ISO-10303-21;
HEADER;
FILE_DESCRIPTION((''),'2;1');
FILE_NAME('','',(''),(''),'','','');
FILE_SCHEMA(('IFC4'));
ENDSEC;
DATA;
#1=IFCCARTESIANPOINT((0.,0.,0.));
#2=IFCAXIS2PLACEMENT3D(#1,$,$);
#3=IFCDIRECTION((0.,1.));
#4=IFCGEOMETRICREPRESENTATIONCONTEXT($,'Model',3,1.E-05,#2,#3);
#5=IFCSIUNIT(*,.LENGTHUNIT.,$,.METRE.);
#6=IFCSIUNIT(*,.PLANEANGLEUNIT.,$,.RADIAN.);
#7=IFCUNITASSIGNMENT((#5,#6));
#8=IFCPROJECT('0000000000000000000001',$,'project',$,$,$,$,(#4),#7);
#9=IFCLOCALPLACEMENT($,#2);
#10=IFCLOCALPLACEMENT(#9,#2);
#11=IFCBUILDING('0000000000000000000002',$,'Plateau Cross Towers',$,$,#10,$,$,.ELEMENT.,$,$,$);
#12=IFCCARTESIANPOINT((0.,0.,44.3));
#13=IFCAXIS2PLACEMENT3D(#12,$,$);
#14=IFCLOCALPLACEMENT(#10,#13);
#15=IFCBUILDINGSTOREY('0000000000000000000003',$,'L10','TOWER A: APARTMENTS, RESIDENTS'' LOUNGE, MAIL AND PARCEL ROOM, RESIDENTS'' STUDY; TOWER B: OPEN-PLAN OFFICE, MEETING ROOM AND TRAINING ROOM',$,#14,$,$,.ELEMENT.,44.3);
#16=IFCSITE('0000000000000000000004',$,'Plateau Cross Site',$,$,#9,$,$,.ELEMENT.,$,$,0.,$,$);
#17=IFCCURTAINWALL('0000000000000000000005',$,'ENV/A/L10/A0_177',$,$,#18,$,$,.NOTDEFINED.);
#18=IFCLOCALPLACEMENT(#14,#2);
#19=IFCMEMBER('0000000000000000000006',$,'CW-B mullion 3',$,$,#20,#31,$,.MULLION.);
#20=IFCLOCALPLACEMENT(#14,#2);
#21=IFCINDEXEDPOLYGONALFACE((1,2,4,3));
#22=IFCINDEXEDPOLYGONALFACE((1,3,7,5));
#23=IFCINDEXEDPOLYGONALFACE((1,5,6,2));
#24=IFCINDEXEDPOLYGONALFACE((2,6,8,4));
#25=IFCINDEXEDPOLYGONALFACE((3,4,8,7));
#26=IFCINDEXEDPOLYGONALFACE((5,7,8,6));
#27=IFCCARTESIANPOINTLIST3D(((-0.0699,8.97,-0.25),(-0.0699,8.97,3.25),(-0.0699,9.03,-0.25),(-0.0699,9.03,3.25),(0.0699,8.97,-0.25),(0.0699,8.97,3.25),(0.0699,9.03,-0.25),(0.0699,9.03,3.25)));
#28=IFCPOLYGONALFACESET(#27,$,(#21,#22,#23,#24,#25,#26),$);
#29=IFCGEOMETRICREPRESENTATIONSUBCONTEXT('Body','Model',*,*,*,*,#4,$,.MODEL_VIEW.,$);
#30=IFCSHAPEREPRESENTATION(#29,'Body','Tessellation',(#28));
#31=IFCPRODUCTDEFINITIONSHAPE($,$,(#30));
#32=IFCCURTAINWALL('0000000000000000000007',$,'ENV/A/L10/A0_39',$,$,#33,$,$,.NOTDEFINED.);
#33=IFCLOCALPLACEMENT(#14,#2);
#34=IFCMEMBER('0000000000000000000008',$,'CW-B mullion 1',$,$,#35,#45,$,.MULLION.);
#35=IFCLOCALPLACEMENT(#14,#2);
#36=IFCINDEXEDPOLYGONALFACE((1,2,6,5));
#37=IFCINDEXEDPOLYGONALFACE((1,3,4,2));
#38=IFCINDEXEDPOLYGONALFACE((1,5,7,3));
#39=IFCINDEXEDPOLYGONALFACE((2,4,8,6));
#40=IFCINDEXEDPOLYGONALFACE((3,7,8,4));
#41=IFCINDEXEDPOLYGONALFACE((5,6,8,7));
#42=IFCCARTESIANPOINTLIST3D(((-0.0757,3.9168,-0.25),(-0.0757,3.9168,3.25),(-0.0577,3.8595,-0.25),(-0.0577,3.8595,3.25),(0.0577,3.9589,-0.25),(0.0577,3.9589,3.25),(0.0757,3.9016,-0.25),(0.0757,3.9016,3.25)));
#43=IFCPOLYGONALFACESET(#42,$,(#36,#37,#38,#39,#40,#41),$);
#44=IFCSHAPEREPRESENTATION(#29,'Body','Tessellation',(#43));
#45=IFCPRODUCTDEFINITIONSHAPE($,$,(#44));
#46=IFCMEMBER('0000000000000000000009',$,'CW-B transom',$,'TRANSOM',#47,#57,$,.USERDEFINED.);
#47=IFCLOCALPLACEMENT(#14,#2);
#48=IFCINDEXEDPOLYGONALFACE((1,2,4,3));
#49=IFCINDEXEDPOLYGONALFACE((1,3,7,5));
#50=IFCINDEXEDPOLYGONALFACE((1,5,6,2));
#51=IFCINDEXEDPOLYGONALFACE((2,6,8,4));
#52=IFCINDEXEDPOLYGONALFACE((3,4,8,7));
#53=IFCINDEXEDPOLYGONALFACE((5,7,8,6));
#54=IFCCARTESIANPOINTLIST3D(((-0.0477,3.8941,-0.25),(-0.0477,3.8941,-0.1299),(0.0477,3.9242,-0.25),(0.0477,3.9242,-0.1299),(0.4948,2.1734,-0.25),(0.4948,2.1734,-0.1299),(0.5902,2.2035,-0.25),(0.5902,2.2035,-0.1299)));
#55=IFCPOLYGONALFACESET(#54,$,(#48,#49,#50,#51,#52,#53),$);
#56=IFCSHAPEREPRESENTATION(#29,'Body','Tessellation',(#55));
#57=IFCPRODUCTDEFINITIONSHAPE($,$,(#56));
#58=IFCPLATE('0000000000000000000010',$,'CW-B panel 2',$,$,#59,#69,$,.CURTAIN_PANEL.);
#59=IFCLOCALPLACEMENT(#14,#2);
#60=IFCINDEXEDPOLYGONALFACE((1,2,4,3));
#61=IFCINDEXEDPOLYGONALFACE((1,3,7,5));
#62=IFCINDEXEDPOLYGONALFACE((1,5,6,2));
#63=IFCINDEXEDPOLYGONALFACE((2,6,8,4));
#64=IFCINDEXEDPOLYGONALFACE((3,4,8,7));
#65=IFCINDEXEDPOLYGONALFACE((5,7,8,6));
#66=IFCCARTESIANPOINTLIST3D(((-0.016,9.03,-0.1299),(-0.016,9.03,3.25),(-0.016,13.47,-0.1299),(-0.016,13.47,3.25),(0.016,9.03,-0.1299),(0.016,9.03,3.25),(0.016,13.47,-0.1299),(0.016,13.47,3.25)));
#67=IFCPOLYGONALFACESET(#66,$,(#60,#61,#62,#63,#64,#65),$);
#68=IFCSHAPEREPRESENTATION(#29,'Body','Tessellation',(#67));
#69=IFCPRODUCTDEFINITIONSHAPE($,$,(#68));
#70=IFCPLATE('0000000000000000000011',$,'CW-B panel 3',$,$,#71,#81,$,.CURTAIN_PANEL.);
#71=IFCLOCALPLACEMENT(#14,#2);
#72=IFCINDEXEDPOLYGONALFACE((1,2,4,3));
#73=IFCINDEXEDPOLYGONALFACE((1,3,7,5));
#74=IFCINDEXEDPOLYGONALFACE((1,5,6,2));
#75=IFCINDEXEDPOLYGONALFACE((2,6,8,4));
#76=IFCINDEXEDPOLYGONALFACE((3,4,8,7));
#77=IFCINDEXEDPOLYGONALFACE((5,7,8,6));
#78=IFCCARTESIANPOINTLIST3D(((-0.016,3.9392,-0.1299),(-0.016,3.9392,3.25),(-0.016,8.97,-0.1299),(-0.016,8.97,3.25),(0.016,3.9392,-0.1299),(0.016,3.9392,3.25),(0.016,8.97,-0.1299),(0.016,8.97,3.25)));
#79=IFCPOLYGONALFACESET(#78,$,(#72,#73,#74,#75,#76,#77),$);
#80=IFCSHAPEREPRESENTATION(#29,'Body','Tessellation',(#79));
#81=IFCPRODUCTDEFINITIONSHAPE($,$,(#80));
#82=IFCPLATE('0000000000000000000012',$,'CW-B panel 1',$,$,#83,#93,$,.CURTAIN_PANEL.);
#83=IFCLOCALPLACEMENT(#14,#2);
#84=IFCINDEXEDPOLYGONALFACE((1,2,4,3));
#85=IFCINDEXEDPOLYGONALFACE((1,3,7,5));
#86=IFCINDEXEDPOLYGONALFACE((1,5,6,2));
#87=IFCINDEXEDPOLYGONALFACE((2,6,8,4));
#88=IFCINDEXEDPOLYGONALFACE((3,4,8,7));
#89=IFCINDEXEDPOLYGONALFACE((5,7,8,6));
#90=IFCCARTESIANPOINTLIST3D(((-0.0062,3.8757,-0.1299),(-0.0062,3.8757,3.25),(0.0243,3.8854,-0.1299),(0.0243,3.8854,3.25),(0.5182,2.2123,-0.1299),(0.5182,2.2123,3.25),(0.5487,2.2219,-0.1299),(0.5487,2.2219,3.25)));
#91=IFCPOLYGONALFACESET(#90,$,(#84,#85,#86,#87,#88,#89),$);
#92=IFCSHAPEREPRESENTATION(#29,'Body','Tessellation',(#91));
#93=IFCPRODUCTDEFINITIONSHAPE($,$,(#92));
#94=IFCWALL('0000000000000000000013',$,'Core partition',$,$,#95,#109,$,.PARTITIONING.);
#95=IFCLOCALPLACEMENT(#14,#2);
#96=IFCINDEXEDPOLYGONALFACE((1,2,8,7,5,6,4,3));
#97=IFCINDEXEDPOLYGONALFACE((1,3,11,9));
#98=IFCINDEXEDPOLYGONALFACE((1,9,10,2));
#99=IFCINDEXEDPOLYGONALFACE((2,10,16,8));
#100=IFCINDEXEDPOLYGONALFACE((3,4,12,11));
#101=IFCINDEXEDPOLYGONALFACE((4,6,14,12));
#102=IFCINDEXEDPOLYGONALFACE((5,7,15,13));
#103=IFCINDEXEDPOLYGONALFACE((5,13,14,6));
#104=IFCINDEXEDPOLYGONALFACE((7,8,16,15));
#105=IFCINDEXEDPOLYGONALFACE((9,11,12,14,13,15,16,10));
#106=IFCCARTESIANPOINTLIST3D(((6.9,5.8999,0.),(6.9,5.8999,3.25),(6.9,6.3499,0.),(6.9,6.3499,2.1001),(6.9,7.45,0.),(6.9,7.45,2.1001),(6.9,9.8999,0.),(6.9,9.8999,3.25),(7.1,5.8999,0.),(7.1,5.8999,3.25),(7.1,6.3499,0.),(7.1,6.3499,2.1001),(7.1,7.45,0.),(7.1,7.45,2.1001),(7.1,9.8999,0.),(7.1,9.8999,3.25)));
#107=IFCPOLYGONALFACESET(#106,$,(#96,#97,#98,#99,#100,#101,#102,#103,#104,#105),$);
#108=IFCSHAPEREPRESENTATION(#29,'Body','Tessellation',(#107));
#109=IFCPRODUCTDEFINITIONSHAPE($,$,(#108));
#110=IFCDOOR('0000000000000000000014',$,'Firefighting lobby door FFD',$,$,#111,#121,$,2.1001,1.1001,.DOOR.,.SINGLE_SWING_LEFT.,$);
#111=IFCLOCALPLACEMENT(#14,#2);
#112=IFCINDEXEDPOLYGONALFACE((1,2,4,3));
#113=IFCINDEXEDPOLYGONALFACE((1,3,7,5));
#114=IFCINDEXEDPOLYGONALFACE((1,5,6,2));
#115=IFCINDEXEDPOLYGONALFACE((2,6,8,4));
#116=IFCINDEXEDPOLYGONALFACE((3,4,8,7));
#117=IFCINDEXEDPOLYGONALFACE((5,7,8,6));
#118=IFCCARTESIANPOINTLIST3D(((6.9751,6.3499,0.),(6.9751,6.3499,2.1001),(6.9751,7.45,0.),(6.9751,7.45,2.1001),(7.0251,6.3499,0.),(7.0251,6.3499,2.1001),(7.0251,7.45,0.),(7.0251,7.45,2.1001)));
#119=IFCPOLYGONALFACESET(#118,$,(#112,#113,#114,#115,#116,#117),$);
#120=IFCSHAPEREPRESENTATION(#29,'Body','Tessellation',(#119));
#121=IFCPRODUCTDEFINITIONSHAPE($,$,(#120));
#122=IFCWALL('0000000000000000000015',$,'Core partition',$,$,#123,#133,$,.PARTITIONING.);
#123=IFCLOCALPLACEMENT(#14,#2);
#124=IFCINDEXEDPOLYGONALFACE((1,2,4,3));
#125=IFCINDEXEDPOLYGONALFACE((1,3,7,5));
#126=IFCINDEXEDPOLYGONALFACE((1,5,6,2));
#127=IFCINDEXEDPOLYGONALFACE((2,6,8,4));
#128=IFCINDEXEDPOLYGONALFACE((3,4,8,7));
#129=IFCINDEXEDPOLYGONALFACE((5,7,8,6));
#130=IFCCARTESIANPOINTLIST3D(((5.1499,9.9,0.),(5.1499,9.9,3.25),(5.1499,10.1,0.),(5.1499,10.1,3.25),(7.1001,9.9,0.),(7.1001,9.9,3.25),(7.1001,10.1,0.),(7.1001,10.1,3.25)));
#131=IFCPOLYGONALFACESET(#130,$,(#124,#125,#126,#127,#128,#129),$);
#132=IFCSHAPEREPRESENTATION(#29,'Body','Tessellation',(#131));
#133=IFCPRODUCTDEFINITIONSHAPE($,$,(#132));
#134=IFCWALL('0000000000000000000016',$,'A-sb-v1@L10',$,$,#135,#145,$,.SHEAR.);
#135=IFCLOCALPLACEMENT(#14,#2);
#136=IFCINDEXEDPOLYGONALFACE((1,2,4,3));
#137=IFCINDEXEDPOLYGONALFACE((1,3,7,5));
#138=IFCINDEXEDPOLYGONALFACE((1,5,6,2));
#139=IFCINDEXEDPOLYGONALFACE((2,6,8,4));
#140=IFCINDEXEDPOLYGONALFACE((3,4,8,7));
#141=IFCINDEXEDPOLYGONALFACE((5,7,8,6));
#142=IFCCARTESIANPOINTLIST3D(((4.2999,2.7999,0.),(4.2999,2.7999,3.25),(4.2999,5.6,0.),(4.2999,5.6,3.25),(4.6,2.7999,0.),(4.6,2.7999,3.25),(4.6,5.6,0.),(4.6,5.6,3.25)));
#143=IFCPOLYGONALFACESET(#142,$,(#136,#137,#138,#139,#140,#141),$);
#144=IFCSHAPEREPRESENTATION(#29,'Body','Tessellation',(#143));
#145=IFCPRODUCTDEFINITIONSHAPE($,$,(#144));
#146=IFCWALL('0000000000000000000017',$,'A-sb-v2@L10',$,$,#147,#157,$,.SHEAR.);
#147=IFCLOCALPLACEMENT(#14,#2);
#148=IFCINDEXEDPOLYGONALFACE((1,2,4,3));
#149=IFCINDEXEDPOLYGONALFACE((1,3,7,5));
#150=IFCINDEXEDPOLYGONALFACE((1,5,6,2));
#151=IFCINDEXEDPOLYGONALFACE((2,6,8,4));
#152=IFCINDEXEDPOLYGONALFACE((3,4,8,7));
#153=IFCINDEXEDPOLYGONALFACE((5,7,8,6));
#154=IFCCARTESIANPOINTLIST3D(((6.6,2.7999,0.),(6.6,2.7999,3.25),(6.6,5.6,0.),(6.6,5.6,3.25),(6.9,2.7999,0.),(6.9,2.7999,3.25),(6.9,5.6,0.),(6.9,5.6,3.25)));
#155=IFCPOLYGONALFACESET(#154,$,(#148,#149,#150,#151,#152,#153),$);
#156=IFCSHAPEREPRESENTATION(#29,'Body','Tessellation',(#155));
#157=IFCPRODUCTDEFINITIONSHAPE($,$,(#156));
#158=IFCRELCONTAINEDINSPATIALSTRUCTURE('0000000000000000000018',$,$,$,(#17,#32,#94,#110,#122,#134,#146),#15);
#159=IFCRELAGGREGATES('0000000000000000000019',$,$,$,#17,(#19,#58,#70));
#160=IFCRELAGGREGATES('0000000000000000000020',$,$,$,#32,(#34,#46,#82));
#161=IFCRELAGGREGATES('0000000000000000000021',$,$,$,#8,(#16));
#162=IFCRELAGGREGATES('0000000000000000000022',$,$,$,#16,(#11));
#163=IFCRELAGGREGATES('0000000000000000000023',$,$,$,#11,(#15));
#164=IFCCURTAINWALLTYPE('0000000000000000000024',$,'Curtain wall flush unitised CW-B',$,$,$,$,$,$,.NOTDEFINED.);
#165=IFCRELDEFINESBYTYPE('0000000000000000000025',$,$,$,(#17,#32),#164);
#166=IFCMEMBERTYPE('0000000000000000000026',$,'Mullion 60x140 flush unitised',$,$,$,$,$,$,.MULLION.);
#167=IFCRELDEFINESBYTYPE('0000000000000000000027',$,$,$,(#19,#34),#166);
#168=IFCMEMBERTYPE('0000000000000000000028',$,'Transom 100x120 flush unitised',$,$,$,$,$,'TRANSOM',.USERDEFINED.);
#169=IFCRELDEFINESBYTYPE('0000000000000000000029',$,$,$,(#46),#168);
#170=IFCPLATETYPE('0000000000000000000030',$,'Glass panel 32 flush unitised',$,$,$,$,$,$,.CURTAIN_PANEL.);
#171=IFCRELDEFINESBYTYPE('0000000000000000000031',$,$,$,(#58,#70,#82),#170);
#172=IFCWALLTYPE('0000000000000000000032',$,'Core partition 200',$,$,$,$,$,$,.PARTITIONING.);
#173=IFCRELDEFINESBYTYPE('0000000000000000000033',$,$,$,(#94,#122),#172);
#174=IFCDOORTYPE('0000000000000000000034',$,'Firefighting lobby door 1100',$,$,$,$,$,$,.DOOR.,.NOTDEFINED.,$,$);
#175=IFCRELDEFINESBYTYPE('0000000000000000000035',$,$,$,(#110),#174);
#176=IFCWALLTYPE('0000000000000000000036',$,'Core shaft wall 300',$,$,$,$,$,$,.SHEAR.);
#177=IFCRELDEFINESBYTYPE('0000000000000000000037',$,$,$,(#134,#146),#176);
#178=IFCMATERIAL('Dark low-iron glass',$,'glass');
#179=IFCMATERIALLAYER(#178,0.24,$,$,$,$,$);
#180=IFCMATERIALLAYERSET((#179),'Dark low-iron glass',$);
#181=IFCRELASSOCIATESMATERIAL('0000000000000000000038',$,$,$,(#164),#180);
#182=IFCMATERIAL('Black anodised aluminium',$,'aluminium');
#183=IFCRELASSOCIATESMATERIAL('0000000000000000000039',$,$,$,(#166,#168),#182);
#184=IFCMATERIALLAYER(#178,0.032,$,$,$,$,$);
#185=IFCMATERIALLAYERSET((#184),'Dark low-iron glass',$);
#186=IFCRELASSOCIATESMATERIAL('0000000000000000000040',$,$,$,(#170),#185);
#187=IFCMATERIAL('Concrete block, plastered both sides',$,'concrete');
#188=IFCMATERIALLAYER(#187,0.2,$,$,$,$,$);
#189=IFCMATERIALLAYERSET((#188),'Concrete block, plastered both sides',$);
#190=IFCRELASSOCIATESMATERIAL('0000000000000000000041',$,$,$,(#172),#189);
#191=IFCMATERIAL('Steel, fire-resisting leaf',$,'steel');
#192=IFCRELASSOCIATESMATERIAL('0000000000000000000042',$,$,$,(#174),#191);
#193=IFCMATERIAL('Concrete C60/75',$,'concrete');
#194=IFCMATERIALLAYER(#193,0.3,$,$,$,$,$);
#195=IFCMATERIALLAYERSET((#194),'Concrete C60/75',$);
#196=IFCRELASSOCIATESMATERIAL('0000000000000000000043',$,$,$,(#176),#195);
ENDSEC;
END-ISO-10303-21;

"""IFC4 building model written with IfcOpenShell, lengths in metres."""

from ifc_helpers import new_model, si_unit, direction, frame, frame_2d, origin, origin_2d, place, context, subcontext, project, spatial, rectangle, extrude, material, layer, layer_set, material_profile, profile_set, type_object, element, fill, aggregate, save


model = new_model("IFC4")

# Units and contexts
model_context = context("Model", 3, precision=1e-05, world=origin(), true_north=direction((0.0, 1.0)))
body_context = subcontext(model_context, "Body", "Model", "MODEL_VIEW")
ifc_project = project(units=[si_unit("LENGTHUNIT", "METRE"), si_unit("PLANEANGLEUNIT", "RADIAN")], contexts=[model_context])

# Site, building, storey
site_placement = place(None, origin())
site = spatial("IfcSite", under=ifc_project, at=site_placement, Name="Plateau Cross Site", CompositionType="ELEMENT", RefElevation=0.0)
building_placement = place(site_placement, origin())
building = spatial("IfcBuilding", under=site, at=building_placement, Name="Plateau Cross Towers", CompositionType="ELEMENT")
storey_placement = place(building_placement, frame((0.0, 0.0, 44.3)))
storey = spatial("IfcBuildingStorey", under=building, at=storey_placement, Name="L10", Description="TOWER A: APARTMENTS, RESIDENTS' LOUNGE, MAIL AND PARCEL ROOM, RESIDENTS' STUDY; TOWER B: OPEN-PLAN OFFICE, MEETING ROOM AND TRAINING ROOM", CompositionType="ELEMENT", Elevation=44.3)

# Curtain wall, member
ifc_material_1 = material(Name="Dark low-iron glass", Category="glass")
ifc_layer_1 = layer(ifc_material_1, 0.24)
ifc_layer_set_1 = layer_set([ifc_layer_1], Name="Dark low-iron glass")
curtain_wall_type = type_object("IfcCurtainWallType", Name="Curtain wall flush unitised CW-B", PredefinedType="NOTDEFINED", material=ifc_layer_set_1)
curtain_wall_1_placement = place(storey_placement, origin())
curtain_wall_1 = element("IfcCurtainWall", 1, at=curtain_wall_1_placement, inside=storey, type_object=curtain_wall_type, Name="ENV/A/L10/A0_177", PredefinedType="NOTDEFINED")
ifc_material_2 = material(Name="Black anodised aluminium", Category="aluminium")
ifc_material_profile_1 = material_profile(ifc_material_2, rectangle(XDim=0.0601, YDim=0.1399, at=origin_2d()), Name="MULLION 60x140")
ifc_profile_set_1 = profile_set([ifc_material_profile_1], Name="Black anodised aluminium")
member_type_1 = type_object("IfcMemberType", Name="Mullion 60x140 flush unitised", PredefinedType="MULLION", material=ifc_profile_set_1)
member_1_placement = place(storey_placement, frame((0.0, 9.0, -0.25), z_axis=(0.0, 0.0, 1.0), x_axis=(0.0, -1.0, 0.0)))
member_1 = element("IfcMember", 2, at=member_1_placement, type_object=member_type_1, Name="CW-B mullion 3", PredefinedType="MULLION", context=body_context, shape_type="SweptSolid", body=[
    extrude(rectangle(XDim=0.0601, YDim=0.1399, at=origin_2d()), origin(), (0.0, 0.0, 1.0), 3.5),
])

# Curtain wall, members
curtain_wall_2_placement = place(storey_placement, origin())
curtain_wall_2 = element("IfcCurtainWall", 3, at=curtain_wall_2_placement, inside=storey, type_object=curtain_wall_type, Name="ENV/A/L10/A0_39", PredefinedType="NOTDEFINED")
member_2_placement = place(storey_placement, frame((0.0, 3.9092, -0.25), z_axis=(0.0, 0.0, 1.0), x_axis=(0.300686, -0.953723, 0.0)))
member_2 = element("IfcMember", 4, at=member_2_placement, type_object=member_type_1, Name="CW-B mullion 1", PredefinedType="MULLION", context=body_context, shape_type="SweptSolid", body=[
    extrude(rectangle(XDim=0.0601, YDim=0.1399, at=origin_2d()), origin(), (0.0, 0.0, 1.0), 3.5),
])
ifc_material_profile_2 = material_profile(ifc_material_2, rectangle(XDim=0.1001, YDim=0.1201, at=origin_2d()), Name="TRANSOM 100x120")
ifc_profile_set_2 = profile_set([ifc_material_profile_2], Name="Black anodised aluminium")
member_type_2 = type_object("IfcMemberType", Name="Transom 100x120 flush unitised", ElementType="TRANSOM", PredefinedType="USERDEFINED", material=ifc_profile_set_2)
member_3_placement = place(storey_placement, frame((0.0, 3.9092, -0.1899), z_axis=(0.300678, -0.953726, 0.0), x_axis=(0.953726, 0.300678, 0.0)))
member_3 = element("IfcMember", 5, at=member_3_placement, type_object=member_type_2, Name="CW-B transom", ObjectType="TRANSOM", PredefinedType="USERDEFINED", context=body_context, shape_type="SweptSolid", body=[
    extrude(rectangle(XDim=0.1001, YDim=0.1201, at=origin_2d()), origin(), (0.0, 0.0, 1.0), 1.8042),
])

# Plates
ifc_layer_2 = layer(ifc_material_1, 0.032)
ifc_layer_set_2 = layer_set([ifc_layer_2], Name="Dark low-iron glass")
plate_type = type_object("IfcPlateType", Name="Glass panel 32 flush unitised", PredefinedType="CURTAIN_PANEL", material=ifc_layer_set_2)
plate_1_placement = place(storey_placement, frame((0.0, 11.25, -0.1299), z_axis=(0.0, 0.0, 1.0), x_axis=(0.0, -1.0, 0.0)))
plate_1 = element("IfcPlate", 6, at=plate_1_placement, type_object=plate_type, Name="CW-B panel 2", PredefinedType="CURTAIN_PANEL", context=body_context, shape_type="SweptSolid", body=[
    extrude(rectangle(XDim=4.4399, YDim=0.032, at=origin_2d()), origin(), (0.0, 0.0, 1.0), 3.3799),
])
plate_2_placement = place(storey_placement, frame((0.0, 6.4546, -0.1299), z_axis=(0.0, 0.0, 1.0), x_axis=(0.0, -1.0, 0.0)))
plate_2 = element("IfcPlate", 7, at=plate_2_placement, type_object=plate_type, Name="CW-B panel 3", PredefinedType="CURTAIN_PANEL", context=body_context, shape_type="SweptSolid", body=[
    extrude(rectangle(XDim=5.0308, YDim=0.032, at=origin_2d()), origin(), (0.0, 0.0, 1.0), 3.3799),
])
aggregate(curtain_wall_1, [member_1, plate_1, plate_2])
plate_3_placement = place(storey_placement, frame((0.2712, 3.0488, -0.1299), z_axis=(0.0, 0.0, 1.0), x_axis=(0.300686, -0.953723, 0.0)))
plate_3 = element("IfcPlate", 8, at=plate_3_placement, type_object=plate_type, Name="CW-B panel 1", PredefinedType="CURTAIN_PANEL", context=body_context, shape_type="SweptSolid", body=[
    extrude(rectangle(XDim=1.7441, YDim=0.032, at=origin_2d()), origin(), (0.0, 0.0, 1.0), 3.3799),
])
aggregate(curtain_wall_2, [member_2, member_3, plate_3])

# Wall, opening, door
ifc_material_3 = material(Name="Concrete block, plastered both sides", Category="concrete")
ifc_layer_3 = layer(ifc_material_3, 0.2)
ifc_layer_set_3 = layer_set([ifc_layer_3], Name="Concrete block, plastered both sides")
wall_type_1 = type_object("IfcWallType", Name="Core partition 200", PredefinedType="PARTITIONING", material=ifc_layer_set_3)
wall_1_placement = place(storey_placement, frame((7.0, 5.8999, 0.0), z_axis=(0.0, 0.0, 1.0), x_axis=(0.0, 1.0, 0.0)))
wall_1 = element("IfcWall", 9, at=wall_1_placement, inside=storey, type_object=wall_type_1, Name="Core partition", PredefinedType="PARTITIONING", context=body_context, shape_type="SweptSolid", body=[
    extrude(rectangle(XDim=4.0, YDim=0.2, at=frame_2d((2.0, 0.0))), origin(), (0.0, 0.0, 1.0), 3.25),
])
opening_1_placement = place(wall_1_placement, frame((0.45, 0.0, 0.0)))
opening_1 = element("IfcOpeningElement", 10, at=opening_1_placement, cuts=wall_1, PredefinedType="OPENING", context=body_context, shape_type="SweptSolid", body=[
    extrude(rectangle(XDim=1.1001, YDim=2.1001, at=frame_2d((0.55, 1.05))), frame((0.0, 0.1099, 0.0), z_axis=(0.0, -1.0, 0.0), x_axis=(1.0, 0.0, 0.0)), (0.0, 0.0, 1.0), 0.22),
])
ifc_material_4 = material(Name="Steel, fire-resisting leaf", Category="steel")
door_type_1 = type_object("IfcDoorType", Name="Firefighting lobby door 1100", OperationType="NOTDEFINED", PredefinedType="DOOR", material=ifc_material_4)
door_1_placement = place(opening_1_placement, origin())
door_1 = element("IfcDoor", 11, at=door_1_placement, inside=storey, type_object=door_type_1, Name="Firefighting lobby door FFD", OperationType="SINGLE_SWING_LEFT", OverallHeight=2.1001, OverallWidth=1.1001, PredefinedType="DOOR", context=body_context, shape_type="SweptSolid", body=[
    extrude(rectangle(XDim=1.1001, YDim=2.1001, at=frame_2d((0.55, 1.05))), frame((0.0, 0.0249, 0.0), z_axis=(0.0, -1.0, 0.0), x_axis=(1.0, 0.0, 0.0)), (0.0, 0.0, 1.0), 0.05),
])
fill(opening_1, door_1)

# Walls
wall_2_placement = place(storey_placement, frame((5.1499, 10.0, 0.0), z_axis=(0.0, 0.0, 1.0), x_axis=(1.0, 0.0, 0.0)))
element("IfcWall", 12, at=wall_2_placement, inside=storey, type_object=wall_type_1, Name="Core partition", PredefinedType="PARTITIONING", context=body_context, shape_type="SweptSolid", body=[
    extrude(rectangle(XDim=1.9502, YDim=0.2, at=frame_2d((0.9751, 0.0))), origin(), (0.0, 0.0, 1.0), 3.25),
])
ifc_material_5 = material(Name="Concrete C60/75", Category="concrete")
ifc_layer_4 = layer(ifc_material_5, 0.3)
ifc_layer_set_4 = layer_set([ifc_layer_4], Name="Concrete C60/75")
wall_type_2 = type_object("IfcWallType", Name="Core shaft wall 300", PredefinedType="SHEAR", material=ifc_layer_set_4)
for number, where, z_axis, x_axis, name in (
    (13, (4.45, 2.8, 0.0), (0.0, 0.0, 1.0), (0.0, 1.0, 0.0), "A-sb-v1@L10"),
    (14, (6.75, 2.8, 0.0), (0.0, 0.0, 1.0), (0.0, 1.0, 0.0), "A-sb-v2@L10"),
):
    element("IfcWall", number, at=place(storey_placement, frame(where, z_axis=z_axis, x_axis=x_axis)), inside=storey, type_object=wall_type_2, Name=name, PredefinedType="SHEAR", context=body_context, shape_type="SweptSolid", body=[
        extrude(rectangle(XDim=2.8, YDim=0.3, at=frame_2d((1.3999, 0.0))), origin(), (0.0, 0.0, 1.0), 3.25),
    ])

save(model, "model.ifc")
